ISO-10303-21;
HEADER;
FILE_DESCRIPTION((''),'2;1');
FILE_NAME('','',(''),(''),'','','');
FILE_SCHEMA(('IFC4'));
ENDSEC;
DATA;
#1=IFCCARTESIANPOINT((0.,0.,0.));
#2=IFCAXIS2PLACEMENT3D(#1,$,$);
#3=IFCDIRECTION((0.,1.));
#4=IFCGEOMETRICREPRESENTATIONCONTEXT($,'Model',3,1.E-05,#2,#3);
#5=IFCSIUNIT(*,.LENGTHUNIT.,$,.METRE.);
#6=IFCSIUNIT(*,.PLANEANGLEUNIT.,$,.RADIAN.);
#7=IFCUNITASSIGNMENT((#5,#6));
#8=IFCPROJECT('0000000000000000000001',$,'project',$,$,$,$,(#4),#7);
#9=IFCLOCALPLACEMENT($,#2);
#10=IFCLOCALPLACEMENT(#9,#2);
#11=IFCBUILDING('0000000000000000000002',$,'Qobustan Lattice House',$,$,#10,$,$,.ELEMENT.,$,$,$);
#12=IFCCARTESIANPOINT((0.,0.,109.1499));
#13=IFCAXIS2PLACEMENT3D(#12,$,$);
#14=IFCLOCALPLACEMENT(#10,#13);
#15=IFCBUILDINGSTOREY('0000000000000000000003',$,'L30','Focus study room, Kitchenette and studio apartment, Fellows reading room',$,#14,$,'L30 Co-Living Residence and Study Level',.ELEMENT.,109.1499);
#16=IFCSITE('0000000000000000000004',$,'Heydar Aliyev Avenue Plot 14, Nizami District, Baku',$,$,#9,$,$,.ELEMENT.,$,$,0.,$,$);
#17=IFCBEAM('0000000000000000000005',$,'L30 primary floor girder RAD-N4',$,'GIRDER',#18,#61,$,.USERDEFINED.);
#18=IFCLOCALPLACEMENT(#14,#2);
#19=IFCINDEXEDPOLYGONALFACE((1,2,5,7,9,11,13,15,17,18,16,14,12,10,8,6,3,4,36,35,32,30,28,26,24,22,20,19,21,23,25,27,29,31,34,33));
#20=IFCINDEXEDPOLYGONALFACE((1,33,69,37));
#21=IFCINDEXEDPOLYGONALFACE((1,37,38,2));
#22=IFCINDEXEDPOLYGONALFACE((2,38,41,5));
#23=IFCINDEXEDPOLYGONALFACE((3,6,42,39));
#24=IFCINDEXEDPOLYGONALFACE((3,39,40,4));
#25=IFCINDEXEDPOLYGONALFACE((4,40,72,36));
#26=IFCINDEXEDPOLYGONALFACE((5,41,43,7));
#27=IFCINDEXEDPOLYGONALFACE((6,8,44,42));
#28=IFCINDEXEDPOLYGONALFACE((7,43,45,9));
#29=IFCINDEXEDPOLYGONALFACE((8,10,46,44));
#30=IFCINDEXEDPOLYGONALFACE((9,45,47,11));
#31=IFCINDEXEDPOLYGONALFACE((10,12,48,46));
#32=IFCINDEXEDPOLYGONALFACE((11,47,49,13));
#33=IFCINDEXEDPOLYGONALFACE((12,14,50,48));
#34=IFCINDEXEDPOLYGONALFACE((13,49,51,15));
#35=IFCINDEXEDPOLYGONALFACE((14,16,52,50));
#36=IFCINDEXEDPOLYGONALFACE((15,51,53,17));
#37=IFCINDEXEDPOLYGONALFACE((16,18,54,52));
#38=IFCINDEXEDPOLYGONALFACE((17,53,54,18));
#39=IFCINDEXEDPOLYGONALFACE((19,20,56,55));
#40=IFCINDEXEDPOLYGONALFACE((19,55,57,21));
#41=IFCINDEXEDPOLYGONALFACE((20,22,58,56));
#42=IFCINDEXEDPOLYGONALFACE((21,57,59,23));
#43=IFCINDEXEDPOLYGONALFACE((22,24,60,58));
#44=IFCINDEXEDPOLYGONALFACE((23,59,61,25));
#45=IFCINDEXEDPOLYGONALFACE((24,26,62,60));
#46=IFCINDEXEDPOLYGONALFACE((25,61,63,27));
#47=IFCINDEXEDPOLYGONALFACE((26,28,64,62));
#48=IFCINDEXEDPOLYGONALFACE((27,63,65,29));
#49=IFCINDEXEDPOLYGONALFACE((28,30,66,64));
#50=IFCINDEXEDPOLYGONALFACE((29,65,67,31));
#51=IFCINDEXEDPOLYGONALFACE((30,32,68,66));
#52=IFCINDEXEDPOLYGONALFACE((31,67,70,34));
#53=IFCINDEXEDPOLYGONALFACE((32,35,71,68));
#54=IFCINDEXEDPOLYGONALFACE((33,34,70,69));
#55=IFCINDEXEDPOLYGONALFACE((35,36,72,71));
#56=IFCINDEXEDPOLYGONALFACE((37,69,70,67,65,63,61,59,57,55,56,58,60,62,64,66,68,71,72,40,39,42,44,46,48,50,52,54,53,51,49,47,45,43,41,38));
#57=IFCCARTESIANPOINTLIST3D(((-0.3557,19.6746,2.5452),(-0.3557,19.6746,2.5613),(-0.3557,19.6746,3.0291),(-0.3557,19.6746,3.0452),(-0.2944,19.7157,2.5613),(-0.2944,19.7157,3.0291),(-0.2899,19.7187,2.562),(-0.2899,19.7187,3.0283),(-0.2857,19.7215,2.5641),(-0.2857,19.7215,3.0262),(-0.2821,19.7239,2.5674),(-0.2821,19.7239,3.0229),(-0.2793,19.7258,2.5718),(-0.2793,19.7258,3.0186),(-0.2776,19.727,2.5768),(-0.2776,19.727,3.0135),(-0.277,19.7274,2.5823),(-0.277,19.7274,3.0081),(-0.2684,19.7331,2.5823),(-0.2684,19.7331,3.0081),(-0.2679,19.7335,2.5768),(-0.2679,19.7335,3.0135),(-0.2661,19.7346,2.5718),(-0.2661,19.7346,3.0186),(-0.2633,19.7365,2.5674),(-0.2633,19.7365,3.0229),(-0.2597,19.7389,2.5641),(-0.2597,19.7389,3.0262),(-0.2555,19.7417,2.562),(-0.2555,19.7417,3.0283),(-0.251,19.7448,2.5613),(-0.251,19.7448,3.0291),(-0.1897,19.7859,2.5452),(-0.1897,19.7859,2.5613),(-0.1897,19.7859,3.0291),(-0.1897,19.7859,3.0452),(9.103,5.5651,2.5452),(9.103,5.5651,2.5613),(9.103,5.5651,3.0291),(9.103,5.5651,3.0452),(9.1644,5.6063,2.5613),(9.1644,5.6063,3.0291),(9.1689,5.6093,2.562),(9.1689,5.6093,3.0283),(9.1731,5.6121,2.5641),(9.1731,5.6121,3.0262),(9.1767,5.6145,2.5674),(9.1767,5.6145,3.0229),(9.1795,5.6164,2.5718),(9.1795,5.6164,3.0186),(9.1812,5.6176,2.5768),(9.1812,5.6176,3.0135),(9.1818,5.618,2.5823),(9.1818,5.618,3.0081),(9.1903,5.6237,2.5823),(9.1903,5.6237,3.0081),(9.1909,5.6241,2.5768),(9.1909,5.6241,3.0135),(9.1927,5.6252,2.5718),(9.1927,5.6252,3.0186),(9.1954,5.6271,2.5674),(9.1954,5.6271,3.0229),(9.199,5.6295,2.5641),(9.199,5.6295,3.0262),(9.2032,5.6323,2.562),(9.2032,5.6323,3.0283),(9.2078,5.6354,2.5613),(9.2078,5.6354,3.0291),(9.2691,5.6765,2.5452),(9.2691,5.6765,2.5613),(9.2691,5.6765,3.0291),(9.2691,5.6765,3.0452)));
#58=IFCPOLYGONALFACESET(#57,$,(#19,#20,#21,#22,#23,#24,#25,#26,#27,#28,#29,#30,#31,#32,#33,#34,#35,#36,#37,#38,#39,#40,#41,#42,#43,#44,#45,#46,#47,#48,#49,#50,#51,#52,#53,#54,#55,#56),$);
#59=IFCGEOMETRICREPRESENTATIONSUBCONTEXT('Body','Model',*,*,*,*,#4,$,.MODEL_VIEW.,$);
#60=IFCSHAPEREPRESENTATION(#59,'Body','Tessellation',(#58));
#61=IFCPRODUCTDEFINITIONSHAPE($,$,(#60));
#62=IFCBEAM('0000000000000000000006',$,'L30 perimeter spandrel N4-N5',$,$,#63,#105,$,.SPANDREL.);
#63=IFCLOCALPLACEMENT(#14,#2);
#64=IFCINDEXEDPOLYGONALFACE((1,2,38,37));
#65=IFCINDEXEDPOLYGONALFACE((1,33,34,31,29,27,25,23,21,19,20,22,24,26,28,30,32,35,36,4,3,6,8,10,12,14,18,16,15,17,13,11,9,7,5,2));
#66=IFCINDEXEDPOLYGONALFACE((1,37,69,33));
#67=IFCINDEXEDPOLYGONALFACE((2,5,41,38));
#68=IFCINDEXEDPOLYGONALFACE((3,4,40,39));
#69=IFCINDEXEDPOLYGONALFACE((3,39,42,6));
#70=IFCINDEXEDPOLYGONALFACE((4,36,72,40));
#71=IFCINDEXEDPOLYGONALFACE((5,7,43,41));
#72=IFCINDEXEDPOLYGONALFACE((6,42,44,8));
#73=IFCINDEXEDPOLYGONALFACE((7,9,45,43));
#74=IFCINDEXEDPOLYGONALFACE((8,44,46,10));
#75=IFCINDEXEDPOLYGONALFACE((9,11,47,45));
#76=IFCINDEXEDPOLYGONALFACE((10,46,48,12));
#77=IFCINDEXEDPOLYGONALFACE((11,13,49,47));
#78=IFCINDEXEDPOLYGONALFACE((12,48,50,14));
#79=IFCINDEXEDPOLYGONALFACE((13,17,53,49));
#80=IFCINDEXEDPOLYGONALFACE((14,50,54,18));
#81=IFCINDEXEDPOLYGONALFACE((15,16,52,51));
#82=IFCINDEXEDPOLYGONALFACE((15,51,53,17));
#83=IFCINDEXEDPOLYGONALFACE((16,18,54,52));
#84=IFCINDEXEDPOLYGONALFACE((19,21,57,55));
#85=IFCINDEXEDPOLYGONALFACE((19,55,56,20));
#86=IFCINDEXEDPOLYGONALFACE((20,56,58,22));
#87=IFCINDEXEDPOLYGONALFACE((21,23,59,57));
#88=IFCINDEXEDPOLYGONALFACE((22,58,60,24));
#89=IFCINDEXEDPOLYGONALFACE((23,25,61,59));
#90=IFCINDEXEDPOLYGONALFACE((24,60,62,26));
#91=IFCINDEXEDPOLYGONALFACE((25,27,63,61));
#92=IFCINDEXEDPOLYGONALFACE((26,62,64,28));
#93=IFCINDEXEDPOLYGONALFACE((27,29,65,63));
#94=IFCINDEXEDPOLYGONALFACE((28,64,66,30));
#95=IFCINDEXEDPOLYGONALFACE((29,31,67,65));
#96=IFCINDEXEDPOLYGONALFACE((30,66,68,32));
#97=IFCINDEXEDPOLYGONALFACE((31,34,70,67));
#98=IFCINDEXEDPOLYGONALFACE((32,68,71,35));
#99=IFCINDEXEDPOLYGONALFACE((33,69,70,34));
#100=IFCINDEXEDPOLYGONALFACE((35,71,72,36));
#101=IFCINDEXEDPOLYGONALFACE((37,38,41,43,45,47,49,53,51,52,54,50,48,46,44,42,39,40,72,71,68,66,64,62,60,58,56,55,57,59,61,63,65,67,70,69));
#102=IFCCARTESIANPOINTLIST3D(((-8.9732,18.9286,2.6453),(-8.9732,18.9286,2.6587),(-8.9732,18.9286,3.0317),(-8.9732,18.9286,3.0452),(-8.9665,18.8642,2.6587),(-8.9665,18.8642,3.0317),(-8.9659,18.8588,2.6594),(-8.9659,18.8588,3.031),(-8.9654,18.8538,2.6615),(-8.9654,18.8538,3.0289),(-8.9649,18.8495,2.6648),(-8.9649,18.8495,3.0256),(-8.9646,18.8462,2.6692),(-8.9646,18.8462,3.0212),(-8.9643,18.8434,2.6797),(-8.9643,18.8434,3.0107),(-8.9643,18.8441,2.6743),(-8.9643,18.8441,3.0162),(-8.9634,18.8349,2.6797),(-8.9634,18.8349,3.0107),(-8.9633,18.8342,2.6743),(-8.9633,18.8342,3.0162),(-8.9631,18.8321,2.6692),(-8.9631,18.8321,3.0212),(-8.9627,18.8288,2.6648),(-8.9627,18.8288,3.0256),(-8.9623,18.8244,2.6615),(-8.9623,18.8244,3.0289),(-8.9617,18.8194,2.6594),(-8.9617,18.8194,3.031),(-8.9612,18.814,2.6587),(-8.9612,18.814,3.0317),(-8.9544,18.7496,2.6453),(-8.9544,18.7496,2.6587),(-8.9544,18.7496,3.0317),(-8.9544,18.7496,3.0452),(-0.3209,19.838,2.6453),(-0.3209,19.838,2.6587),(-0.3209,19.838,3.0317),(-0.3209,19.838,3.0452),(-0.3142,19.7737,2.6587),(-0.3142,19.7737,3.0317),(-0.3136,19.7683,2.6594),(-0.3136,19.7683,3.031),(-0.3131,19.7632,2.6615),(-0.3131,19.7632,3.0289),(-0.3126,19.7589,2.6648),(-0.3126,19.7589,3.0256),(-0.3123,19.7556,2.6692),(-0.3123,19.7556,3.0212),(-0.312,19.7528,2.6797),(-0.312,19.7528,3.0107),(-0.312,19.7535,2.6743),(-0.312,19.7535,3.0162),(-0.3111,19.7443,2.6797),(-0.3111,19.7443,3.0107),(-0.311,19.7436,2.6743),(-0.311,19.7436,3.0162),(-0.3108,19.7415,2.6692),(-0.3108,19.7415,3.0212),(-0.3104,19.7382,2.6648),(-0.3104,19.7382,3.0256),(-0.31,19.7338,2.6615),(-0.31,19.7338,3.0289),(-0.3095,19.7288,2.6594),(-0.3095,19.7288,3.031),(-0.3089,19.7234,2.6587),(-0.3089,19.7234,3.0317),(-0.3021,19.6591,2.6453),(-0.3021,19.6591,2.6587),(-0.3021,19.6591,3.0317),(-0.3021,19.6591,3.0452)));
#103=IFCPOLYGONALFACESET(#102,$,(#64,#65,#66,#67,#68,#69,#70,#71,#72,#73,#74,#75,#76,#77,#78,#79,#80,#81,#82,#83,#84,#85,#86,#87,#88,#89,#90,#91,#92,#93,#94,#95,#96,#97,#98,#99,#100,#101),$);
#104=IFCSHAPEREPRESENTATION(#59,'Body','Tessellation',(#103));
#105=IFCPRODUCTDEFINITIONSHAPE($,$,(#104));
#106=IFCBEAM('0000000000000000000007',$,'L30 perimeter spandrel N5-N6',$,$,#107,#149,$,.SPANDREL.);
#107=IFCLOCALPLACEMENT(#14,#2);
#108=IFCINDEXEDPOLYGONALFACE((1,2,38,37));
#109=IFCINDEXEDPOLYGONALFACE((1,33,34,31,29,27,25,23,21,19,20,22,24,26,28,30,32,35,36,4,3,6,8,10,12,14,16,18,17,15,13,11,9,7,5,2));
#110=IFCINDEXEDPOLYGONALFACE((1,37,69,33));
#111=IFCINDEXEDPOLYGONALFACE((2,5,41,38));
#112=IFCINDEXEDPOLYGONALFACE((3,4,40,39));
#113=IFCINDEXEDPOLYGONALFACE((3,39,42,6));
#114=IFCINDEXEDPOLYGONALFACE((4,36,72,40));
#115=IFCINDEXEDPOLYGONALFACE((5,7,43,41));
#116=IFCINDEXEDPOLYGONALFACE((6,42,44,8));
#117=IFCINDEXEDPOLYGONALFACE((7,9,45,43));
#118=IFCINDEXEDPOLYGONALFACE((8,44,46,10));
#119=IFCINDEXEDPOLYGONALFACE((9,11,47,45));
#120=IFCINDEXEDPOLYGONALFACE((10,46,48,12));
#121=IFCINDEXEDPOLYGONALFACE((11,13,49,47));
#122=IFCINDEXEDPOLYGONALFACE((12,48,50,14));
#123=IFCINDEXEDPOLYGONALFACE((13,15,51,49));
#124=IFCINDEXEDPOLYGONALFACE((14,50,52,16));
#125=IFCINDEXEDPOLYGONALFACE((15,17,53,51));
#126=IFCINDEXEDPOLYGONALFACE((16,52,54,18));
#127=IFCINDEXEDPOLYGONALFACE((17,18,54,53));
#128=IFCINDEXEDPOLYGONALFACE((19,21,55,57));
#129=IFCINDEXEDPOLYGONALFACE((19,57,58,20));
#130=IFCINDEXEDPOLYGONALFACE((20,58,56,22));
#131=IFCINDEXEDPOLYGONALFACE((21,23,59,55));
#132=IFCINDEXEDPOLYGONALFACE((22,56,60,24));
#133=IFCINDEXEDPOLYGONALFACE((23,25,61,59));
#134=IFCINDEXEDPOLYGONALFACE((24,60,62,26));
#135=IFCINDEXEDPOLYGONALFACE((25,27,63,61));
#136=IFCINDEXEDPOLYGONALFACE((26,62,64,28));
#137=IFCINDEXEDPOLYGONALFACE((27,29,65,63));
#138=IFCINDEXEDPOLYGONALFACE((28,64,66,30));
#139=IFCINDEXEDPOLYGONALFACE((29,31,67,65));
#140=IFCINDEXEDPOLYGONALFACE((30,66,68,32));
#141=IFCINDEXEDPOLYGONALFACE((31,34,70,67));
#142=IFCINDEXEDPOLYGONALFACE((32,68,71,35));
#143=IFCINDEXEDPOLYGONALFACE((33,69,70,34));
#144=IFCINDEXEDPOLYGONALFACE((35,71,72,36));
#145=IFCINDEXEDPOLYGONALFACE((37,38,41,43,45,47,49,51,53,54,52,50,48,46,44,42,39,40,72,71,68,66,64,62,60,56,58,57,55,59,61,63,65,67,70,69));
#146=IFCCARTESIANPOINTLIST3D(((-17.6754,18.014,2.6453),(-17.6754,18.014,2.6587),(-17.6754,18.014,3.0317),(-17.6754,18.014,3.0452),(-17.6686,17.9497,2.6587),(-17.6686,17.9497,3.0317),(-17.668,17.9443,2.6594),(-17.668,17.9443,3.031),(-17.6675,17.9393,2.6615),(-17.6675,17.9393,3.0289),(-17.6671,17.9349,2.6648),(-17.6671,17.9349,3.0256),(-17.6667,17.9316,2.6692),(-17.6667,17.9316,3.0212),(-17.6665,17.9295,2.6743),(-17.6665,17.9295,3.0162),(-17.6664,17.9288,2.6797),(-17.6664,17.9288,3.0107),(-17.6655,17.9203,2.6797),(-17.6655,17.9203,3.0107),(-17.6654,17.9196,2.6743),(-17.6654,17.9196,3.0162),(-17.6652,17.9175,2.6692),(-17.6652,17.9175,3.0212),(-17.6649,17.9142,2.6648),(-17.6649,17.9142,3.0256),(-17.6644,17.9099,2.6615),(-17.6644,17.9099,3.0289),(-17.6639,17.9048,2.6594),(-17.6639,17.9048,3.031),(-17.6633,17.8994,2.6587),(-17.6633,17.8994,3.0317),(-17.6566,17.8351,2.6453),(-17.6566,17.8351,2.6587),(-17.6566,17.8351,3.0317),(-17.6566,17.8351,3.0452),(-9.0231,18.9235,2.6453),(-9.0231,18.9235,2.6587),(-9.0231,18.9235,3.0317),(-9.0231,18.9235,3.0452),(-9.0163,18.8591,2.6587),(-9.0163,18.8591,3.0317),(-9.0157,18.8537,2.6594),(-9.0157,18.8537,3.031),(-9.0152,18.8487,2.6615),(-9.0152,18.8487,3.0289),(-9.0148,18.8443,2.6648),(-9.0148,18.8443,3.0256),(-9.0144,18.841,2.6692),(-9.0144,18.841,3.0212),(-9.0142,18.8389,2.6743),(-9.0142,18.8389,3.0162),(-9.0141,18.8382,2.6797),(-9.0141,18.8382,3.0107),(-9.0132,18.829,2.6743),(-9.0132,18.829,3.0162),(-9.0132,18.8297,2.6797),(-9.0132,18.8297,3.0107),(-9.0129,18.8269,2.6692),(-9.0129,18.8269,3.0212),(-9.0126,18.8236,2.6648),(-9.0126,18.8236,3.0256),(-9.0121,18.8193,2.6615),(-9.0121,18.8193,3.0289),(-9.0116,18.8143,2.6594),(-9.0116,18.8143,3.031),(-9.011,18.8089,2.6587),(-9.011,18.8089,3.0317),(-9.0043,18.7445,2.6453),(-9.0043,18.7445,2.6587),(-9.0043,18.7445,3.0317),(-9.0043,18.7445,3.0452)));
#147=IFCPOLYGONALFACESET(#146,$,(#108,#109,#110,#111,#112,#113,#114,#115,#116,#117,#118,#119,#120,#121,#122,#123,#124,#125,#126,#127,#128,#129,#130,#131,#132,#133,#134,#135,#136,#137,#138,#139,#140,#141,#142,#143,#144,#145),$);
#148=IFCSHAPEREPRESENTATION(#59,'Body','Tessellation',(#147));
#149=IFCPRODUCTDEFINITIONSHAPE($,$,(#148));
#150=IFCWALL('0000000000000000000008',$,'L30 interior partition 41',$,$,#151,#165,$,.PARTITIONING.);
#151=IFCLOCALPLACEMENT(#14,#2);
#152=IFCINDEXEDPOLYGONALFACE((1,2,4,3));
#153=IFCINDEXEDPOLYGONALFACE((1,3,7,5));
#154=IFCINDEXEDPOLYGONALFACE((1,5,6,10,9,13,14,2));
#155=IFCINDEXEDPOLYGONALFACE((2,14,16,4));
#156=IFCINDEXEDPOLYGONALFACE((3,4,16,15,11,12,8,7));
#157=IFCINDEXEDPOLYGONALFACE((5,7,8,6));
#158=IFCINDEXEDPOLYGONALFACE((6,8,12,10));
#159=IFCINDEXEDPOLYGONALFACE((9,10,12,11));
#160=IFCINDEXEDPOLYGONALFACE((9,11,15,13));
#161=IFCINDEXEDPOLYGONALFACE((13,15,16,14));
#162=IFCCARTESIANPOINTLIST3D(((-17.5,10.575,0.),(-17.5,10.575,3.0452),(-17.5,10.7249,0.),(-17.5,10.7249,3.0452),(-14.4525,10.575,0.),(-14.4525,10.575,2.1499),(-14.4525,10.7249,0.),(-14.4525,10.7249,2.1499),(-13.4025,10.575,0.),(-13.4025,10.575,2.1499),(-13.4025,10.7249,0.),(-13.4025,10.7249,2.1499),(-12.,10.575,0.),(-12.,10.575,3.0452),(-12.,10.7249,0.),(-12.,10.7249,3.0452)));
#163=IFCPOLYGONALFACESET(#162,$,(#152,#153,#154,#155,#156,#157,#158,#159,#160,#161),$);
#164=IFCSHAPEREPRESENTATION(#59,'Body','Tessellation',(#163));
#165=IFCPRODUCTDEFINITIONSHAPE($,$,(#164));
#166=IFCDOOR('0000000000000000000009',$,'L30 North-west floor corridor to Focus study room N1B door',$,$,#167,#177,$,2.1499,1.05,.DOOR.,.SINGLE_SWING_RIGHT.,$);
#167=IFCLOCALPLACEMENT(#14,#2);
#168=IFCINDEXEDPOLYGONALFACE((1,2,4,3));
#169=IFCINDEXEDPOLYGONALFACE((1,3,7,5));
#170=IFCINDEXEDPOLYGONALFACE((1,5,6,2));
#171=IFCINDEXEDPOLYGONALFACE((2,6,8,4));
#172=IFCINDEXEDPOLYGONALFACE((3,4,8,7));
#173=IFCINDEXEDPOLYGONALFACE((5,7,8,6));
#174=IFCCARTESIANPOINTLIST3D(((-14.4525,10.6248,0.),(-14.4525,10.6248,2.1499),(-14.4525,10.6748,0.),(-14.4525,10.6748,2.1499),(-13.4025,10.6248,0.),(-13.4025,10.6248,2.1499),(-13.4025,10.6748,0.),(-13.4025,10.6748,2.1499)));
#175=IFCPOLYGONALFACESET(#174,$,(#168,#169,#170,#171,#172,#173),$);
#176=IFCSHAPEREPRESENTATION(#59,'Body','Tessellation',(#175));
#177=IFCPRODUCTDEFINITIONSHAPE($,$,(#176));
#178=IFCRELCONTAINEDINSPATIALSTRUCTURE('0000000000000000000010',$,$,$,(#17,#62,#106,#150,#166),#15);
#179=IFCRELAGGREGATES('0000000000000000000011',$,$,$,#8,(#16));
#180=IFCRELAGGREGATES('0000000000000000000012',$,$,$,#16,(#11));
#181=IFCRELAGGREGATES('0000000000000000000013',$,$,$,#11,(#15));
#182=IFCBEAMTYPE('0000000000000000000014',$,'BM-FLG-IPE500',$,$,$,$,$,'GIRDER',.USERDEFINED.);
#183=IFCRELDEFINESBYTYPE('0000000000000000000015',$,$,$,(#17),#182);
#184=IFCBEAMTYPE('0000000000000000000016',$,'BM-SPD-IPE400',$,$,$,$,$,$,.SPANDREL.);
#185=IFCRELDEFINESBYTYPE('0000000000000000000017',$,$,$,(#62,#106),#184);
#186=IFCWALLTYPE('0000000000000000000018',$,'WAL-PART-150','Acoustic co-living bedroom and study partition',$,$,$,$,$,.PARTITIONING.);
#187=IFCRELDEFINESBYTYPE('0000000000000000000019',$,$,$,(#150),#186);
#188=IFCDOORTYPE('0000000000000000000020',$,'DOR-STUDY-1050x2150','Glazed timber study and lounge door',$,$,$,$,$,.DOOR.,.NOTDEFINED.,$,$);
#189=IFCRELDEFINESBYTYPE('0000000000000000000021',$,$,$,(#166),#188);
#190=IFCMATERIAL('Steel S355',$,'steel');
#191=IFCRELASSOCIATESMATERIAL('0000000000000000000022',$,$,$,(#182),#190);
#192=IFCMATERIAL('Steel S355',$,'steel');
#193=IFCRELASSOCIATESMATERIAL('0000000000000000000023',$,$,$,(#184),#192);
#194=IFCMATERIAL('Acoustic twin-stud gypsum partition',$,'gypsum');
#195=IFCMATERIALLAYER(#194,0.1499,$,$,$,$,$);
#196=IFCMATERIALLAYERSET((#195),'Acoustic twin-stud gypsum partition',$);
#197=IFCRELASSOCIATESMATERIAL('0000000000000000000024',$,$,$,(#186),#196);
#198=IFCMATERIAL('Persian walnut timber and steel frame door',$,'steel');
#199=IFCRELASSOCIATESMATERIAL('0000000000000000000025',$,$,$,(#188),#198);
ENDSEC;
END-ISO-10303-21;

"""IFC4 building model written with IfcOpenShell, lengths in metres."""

from ifc_helpers import new_model, si_unit, direction, frame, frame_2d, origin, origin_2d, place, context, subcontext, project, spatial, rectangle, i_section, extrude, material, layer, layer_set, material_profile, profile_set, type_object, element, fill, save


model = new_model("IFC4")

# Units and contexts
model_context = context("Model", 3, precision=1e-05, world=origin(), true_north=direction((0.0, 1.0)))
body_context = subcontext(model_context, "Body", "Model", "MODEL_VIEW")
ifc_project = project(units=[si_unit("LENGTHUNIT", "METRE"), si_unit("PLANEANGLEUNIT", "RADIAN")], contexts=[model_context])

# Site, building, storey
site_placement = place(None, origin())
site = spatial("IfcSite", under=ifc_project, at=site_placement, Name="Heydar Aliyev Avenue Plot 14, Nizami District, Baku", CompositionType="ELEMENT", RefElevation=0.0)
building_placement = place(site_placement, origin())
building = spatial("IfcBuilding", under=site, at=building_placement, Name="Qobustan Lattice House", CompositionType="ELEMENT")
storey_placement = place(building_placement, frame((0.0, 0.0, 109.1499)))
storey = spatial("IfcBuildingStorey", under=building, at=storey_placement, Name="L30", Description="Focus study room, Kitchenette and studio apartment, Fellows reading room", LongName="L30 Co-Living Residence and Study Level", CompositionType="ELEMENT", Elevation=109.1499)

# Beams
ifc_material_1 = material(Name="Steel S355", Category="steel")
ifc_material_profile_1 = material_profile(ifc_material_1, i_section(OverallWidth=0.2, OverallDepth=0.5, WebThickness=0.0103, FlangeThickness=0.0161, FilletRadius=0.021, at=origin_2d()), Name="IPE500")
ifc_profile_set_1 = profile_set([ifc_material_profile_1], Name="Steel S355")
beam_type_1 = type_object("IfcBeamType", Name="BM-FLG-IPE500", ElementType="GIRDER", PredefinedType="USERDEFINED", material=ifc_profile_set_1)
beam_1_placement = place(storey_placement, frame((-0.2727, 19.7302, 2.7952), z_axis=(0.556838, -0.830621, 0.0), x_axis=(0.830621, 0.556838, 0.0)))
element("IfcBeam", 1, at=beam_1_placement, inside=storey, type_object=beam_type_1, Name="L30 primary floor girder RAD-N4", ObjectType="GIRDER", PredefinedType="USERDEFINED", context=body_context, shape_type="SweptSolid", body=[
    extrude(i_section(OverallWidth=0.2, OverallDepth=0.5, WebThickness=0.0103, FlangeThickness=0.0161, FilletRadius=0.021, at=origin_2d()), origin(), (0.0, 0.0, 1.0), 16.9866),
])
ifc_material_2 = material(Name="Steel S355", Category="steel")
ifc_material_profile_2 = material_profile(ifc_material_2, i_section(OverallWidth=0.1799, OverallDepth=0.3999, WebThickness=0.0085, FlangeThickness=0.0134, FilletRadius=0.021, at=origin_2d()), Name="IPE400")
ifc_profile_set_2 = profile_set([ifc_material_profile_2], Name="Steel S355")
beam_type_2 = type_object("IfcBeamType", Name="BM-SPD-IPE400", PredefinedType="SPANDREL", material=ifc_profile_set_2)
for number, where, z_axis, x_axis, name in (
    (2, (-0.3115, 19.7485, 2.8452), (-0.994522, -0.104531, 0.0), (0.104531, -0.994522, 0.0), "L30 perimeter spandrel N4-N5"),
    (3, (-9.0137, 18.834, 2.8452), (-0.994522, -0.104531, 0.0), (0.104531, -0.994522, 0.0), "L30 perimeter spandrel N5-N6"),
):
    element("IfcBeam", number, at=place(storey_placement, frame(where, z_axis=z_axis, x_axis=x_axis)), inside=storey, type_object=beam_type_2, Name=name, PredefinedType="SPANDREL", context=body_context, shape_type="SweptSolid", body=[
        extrude(i_section(OverallWidth=0.1799, OverallDepth=0.3999, WebThickness=0.0085, FlangeThickness=0.0134, FilletRadius=0.021, at=origin_2d()), origin(), (0.0, 0.0, 1.0), 8.7),
    ])

# Wall, opening, door
ifc_material_3 = material(Name="Acoustic twin-stud gypsum partition", Category="gypsum")
ifc_layer_1 = layer(ifc_material_3, 0.1499)
ifc_layer_set_1 = layer_set([ifc_layer_1], Name="Acoustic twin-stud gypsum partition")
wall_type_1 = type_object("IfcWallType", Name="WAL-PART-150", Description="Acoustic co-living bedroom and study partition", PredefinedType="PARTITIONING", material=ifc_layer_set_1)
wall_1_placement = place(storey_placement, frame((-17.5, 10.6499, 0.0), z_axis=(0.0, 0.0, 1.0), x_axis=(1.0, 0.0, 0.0)))
wall_1 = element("IfcWall", 4, at=wall_1_placement, inside=storey, type_object=wall_type_1, Name="L30 interior partition 41", PredefinedType="PARTITIONING", context=body_context, shape_type="SweptSolid", body=[
    extrude(rectangle(XDim=5.5, YDim=0.1499, at=frame_2d((2.75, 0.0))), origin(), (0.0, 0.0, 1.0), 3.0452),
])
opening_1_placement = place(wall_1_placement, frame((3.0476, 0.0, 0.0)))
opening_1 = element("IfcOpeningElement", 5, at=opening_1_placement, cuts=wall_1, PredefinedType="OPENING", context=body_context, shape_type="SweptSolid", body=[
    extrude(rectangle(XDim=1.05, YDim=2.1499, at=frame_2d((0.5249, 1.075))), frame((0.0, 0.085, 0.0), z_axis=(0.0, -1.0, 0.0), x_axis=(1.0, 0.0, 0.0)), (0.0, 0.0, 1.0), 0.1699),
])
ifc_material_4 = material(Name="Persian walnut timber and steel frame door", Category="steel")
door_type_1 = type_object("IfcDoorType", Name="DOR-STUDY-1050x2150", Description="Glazed timber study and lounge door", OperationType="NOTDEFINED", PredefinedType="DOOR", material=ifc_material_4)
door_1_placement = place(opening_1_placement, origin())
door_1 = element("IfcDoor", 6, at=door_1_placement, inside=storey, type_object=door_type_1, Name="L30 North-west floor corridor to Focus study room N1B door", OperationType="SINGLE_SWING_RIGHT", OverallHeight=2.1499, OverallWidth=1.05, PredefinedType="DOOR", context=body_context, shape_type="SweptSolid", body=[
    extrude(rectangle(XDim=1.05, YDim=2.1499, at=frame_2d((0.5249, 1.075))), frame((0.0, 0.0249, 0.0), z_axis=(0.0, -1.0, 0.0), x_axis=(1.0, 0.0, 0.0)), (0.0, 0.0, 1.0), 0.05),
])
fill(opening_1, door_1)

save(model, "model.ifc")
